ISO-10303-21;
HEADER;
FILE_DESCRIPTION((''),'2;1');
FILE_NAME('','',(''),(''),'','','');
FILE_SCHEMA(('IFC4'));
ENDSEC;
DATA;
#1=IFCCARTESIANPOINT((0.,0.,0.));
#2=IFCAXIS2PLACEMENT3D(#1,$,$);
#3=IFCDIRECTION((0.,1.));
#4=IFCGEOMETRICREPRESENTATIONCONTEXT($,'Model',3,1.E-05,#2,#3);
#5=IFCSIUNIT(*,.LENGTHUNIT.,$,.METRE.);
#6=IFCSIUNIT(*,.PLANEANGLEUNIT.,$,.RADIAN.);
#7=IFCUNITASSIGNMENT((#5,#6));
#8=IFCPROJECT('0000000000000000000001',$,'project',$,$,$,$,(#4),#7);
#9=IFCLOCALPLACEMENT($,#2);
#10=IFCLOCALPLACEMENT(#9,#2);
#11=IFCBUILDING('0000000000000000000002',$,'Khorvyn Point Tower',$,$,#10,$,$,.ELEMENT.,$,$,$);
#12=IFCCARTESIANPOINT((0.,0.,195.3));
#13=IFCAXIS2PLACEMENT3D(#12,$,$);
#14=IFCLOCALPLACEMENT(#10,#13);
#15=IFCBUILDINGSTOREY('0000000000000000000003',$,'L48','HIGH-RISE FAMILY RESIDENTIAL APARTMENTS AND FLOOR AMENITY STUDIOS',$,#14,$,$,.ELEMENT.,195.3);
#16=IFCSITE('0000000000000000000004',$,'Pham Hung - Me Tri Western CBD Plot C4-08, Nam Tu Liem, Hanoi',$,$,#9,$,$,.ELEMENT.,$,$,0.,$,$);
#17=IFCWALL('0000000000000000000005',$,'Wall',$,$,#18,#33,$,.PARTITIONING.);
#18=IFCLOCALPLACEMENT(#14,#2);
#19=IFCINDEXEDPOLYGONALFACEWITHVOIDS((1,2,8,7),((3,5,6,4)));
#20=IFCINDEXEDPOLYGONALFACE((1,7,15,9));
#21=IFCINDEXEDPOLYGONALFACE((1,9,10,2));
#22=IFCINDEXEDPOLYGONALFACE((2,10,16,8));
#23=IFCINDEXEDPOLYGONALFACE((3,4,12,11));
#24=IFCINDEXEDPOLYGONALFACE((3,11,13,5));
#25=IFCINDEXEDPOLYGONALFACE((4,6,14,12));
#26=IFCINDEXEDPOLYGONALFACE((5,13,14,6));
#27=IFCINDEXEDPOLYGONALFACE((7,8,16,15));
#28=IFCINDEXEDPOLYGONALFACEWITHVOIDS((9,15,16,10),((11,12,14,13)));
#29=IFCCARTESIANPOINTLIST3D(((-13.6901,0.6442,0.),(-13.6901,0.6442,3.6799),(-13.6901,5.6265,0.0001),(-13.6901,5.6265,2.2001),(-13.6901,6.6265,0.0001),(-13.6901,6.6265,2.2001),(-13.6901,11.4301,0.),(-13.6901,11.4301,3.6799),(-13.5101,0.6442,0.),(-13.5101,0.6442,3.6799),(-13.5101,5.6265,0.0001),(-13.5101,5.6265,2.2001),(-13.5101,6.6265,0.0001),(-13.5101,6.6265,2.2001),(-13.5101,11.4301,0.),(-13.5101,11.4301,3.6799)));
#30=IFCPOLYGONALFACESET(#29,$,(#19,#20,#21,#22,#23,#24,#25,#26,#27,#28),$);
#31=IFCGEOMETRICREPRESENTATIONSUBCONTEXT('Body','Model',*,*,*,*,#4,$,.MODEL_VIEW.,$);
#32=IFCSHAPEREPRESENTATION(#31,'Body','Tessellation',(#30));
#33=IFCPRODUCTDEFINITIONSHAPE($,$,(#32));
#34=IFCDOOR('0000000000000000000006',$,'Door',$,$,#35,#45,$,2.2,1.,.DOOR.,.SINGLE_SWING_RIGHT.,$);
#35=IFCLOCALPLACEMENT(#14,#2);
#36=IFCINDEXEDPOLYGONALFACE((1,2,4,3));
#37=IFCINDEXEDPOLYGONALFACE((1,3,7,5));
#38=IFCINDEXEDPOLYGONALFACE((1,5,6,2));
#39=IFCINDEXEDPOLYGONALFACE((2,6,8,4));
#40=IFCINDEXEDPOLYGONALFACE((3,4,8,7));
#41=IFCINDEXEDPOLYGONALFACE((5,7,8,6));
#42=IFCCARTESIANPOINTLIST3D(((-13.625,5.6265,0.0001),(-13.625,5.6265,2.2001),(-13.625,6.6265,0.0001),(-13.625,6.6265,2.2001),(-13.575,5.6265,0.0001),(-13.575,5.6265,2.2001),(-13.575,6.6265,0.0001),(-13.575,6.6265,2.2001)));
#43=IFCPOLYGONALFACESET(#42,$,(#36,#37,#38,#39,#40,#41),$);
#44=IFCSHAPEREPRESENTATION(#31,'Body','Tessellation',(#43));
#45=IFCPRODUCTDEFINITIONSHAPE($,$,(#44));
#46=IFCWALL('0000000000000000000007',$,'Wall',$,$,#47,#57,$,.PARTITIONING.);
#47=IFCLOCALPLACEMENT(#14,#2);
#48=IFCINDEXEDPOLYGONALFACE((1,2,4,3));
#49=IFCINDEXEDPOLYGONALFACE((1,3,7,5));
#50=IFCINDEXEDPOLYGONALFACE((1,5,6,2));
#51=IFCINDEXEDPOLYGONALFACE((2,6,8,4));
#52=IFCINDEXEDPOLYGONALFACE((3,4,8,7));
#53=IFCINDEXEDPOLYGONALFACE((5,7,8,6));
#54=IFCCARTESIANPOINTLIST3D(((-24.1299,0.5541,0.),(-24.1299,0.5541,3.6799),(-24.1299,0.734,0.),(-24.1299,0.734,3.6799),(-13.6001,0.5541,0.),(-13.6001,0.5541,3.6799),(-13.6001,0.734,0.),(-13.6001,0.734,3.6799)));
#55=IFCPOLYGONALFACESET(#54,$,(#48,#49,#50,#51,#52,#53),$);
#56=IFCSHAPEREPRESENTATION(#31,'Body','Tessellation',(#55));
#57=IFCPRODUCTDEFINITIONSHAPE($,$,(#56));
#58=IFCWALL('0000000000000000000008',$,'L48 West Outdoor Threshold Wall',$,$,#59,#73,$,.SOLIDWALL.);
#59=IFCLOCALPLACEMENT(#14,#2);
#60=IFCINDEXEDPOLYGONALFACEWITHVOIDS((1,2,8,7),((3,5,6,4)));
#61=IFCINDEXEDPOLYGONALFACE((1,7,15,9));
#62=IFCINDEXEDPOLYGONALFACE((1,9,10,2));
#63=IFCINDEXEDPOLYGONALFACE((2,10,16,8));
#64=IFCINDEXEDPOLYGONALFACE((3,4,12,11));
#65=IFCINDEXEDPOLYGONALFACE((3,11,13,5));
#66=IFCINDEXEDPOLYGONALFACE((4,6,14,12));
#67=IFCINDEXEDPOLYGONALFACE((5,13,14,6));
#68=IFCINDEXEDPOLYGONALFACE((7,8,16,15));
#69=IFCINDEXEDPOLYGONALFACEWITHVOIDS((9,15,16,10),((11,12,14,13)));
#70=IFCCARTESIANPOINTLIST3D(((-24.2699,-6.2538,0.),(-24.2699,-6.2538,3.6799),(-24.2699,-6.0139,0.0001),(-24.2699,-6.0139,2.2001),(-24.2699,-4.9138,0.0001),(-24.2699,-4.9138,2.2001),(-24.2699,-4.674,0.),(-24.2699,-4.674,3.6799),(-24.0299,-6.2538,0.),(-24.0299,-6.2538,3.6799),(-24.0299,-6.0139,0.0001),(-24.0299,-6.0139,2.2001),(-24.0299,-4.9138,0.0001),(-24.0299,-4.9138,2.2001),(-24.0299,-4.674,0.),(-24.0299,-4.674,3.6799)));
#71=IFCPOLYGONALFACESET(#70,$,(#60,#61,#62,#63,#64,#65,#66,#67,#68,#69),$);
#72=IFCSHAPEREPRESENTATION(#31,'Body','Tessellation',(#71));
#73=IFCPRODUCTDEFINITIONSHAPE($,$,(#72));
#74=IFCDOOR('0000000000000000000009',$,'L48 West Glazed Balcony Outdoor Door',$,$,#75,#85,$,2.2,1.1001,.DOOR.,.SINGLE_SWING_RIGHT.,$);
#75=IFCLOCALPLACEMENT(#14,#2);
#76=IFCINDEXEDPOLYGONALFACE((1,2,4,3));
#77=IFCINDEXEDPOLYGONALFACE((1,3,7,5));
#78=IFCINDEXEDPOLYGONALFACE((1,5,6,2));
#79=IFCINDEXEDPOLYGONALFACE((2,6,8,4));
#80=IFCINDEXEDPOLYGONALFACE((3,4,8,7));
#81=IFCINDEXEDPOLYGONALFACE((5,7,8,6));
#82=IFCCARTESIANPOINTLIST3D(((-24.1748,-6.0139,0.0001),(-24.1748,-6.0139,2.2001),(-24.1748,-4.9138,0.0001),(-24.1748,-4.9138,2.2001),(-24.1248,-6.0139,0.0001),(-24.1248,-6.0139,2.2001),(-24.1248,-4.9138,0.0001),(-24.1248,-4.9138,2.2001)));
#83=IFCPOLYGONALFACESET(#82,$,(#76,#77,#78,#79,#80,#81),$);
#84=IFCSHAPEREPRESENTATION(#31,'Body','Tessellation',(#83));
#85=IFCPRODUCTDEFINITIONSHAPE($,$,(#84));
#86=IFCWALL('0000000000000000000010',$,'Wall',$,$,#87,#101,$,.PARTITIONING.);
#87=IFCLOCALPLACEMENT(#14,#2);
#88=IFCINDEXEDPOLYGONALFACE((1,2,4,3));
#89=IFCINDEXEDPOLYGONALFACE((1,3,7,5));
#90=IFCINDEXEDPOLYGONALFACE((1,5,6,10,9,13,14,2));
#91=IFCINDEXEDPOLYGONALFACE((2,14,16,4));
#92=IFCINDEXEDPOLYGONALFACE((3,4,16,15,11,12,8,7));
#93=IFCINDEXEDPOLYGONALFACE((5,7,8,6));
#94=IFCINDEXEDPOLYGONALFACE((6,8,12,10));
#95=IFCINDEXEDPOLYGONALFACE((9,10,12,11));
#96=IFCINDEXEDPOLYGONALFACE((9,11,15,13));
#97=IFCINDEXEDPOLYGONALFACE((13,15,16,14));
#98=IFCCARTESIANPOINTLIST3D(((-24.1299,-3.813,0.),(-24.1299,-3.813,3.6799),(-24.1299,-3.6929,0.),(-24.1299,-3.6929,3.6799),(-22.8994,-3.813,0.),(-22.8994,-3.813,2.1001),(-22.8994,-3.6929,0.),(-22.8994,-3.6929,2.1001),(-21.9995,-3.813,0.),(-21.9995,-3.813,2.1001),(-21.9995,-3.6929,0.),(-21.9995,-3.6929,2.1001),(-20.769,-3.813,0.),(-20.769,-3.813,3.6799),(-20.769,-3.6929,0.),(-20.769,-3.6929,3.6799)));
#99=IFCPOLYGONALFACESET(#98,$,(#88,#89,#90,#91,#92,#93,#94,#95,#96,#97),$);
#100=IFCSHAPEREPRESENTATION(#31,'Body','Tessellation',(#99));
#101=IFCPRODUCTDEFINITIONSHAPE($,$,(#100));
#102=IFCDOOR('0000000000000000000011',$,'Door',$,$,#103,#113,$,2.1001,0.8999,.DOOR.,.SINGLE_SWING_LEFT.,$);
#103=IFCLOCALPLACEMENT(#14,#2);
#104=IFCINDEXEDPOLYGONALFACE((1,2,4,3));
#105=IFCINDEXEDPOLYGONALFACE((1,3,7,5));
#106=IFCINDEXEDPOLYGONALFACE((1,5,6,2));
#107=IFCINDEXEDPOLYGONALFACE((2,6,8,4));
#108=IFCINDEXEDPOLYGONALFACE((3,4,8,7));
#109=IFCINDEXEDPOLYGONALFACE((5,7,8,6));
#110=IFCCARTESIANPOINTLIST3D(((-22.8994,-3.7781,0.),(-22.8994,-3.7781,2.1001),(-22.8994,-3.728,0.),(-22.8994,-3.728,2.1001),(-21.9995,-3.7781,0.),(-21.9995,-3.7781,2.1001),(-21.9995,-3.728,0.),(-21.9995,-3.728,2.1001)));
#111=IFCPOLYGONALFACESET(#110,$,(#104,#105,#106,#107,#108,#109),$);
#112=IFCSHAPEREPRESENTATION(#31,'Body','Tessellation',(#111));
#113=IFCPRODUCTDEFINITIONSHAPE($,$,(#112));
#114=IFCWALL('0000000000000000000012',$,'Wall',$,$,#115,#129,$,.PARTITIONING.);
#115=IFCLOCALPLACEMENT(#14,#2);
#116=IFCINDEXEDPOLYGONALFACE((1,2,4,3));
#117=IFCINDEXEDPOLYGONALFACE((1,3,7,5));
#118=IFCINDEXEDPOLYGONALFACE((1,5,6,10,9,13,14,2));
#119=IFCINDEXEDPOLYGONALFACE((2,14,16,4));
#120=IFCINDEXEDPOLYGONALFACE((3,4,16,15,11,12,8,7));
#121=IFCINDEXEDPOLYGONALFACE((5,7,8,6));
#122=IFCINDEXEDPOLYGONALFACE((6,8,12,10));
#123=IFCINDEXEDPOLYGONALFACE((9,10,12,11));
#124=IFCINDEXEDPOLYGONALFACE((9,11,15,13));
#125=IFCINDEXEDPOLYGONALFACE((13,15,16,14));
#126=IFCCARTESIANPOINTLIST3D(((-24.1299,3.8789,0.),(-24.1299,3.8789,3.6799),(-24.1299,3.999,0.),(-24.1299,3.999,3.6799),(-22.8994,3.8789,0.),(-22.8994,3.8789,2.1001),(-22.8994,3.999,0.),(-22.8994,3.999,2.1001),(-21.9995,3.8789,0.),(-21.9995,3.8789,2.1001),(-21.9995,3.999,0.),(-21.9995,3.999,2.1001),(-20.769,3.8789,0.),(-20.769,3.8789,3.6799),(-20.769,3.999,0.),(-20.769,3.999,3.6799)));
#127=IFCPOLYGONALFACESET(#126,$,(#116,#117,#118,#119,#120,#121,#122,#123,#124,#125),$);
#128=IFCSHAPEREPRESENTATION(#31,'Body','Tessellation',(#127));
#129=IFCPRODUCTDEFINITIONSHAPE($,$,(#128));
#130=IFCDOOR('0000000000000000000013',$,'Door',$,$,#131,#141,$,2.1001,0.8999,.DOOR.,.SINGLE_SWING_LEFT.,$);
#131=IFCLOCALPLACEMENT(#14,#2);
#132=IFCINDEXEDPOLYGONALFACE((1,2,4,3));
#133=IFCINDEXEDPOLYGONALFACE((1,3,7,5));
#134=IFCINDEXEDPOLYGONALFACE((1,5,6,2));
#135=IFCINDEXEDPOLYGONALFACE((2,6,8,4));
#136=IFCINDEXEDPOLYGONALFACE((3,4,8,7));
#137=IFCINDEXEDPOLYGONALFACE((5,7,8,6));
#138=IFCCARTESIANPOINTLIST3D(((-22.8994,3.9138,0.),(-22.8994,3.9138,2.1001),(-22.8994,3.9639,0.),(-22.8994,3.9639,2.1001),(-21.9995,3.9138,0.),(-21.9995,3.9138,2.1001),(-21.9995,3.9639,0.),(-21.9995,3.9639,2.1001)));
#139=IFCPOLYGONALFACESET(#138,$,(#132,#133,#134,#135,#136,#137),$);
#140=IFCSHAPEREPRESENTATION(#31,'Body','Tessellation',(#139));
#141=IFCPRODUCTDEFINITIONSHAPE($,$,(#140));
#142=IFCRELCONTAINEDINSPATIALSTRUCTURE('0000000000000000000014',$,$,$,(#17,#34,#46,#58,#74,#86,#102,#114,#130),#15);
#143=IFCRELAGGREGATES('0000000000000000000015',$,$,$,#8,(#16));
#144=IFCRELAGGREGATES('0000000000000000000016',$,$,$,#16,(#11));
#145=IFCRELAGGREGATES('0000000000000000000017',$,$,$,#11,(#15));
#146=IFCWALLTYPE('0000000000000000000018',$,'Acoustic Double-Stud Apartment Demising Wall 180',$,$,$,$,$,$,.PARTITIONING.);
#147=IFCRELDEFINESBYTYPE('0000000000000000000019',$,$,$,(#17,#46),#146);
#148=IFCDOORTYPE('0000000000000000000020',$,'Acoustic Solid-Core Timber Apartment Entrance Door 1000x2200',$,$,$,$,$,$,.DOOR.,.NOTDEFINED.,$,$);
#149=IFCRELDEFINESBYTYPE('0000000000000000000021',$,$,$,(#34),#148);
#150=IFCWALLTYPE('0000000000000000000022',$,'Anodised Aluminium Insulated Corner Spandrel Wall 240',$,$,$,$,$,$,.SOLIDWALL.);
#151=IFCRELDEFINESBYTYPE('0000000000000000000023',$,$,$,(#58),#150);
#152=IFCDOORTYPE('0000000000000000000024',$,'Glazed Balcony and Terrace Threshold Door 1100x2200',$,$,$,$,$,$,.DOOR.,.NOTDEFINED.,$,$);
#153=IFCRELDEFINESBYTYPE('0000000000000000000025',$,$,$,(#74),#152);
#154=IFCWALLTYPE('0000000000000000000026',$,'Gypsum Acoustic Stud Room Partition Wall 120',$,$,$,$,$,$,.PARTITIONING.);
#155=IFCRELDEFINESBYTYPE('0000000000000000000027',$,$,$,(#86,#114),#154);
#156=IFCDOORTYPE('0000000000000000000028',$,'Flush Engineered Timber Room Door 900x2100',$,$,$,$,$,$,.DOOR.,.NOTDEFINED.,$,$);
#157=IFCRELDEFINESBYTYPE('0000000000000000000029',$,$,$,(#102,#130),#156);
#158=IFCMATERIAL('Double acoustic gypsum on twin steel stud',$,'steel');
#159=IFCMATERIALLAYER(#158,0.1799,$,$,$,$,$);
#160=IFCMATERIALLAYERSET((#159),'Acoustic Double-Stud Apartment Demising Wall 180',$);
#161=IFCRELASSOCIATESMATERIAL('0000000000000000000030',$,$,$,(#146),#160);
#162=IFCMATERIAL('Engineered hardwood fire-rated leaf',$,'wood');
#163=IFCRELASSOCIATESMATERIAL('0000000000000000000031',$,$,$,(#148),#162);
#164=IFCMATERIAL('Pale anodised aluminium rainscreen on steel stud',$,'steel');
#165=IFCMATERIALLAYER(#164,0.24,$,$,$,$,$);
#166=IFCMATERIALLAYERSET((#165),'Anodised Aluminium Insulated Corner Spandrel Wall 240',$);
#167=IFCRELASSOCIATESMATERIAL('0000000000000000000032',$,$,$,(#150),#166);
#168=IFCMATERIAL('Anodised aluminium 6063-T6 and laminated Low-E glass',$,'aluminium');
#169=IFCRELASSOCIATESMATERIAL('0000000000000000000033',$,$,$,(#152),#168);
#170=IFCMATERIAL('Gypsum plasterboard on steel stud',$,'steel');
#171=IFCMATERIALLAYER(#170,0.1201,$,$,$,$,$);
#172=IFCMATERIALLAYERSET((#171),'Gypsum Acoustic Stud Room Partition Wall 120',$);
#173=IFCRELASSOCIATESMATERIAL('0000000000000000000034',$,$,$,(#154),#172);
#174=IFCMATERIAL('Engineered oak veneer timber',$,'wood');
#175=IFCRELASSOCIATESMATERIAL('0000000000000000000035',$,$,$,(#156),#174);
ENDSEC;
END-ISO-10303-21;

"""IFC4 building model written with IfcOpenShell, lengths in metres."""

from ifc_helpers import new_model, si_unit, direction, frame, frame_2d, origin, place, context, subcontext, project, spatial, rectangle, extrude, material, layer, layer_set, type_object, element, fill, save


model = new_model("IFC4")

# Units and contexts
model_context = context("Model", 3, precision=1e-05, world=origin(), true_north=direction((0.0, 1.0)))
body_context = subcontext(model_context, "Body", "Model", "MODEL_VIEW")
ifc_project = project(units=[si_unit("LENGTHUNIT", "METRE"), si_unit("PLANEANGLEUNIT", "RADIAN")], contexts=[model_context])

# Site, building, storey
site_placement = place(None, origin())
site = spatial("IfcSite", under=ifc_project, at=site_placement, Name="Pham Hung - Me Tri Western CBD Plot C4-08, Nam Tu Liem, Hanoi", CompositionType="ELEMENT", RefElevation=0.0)
building_placement = place(site_placement, origin())
building = spatial("IfcBuilding", under=site, at=building_placement, Name="Khorvyn Point Tower", CompositionType="ELEMENT")
storey_placement = place(building_placement, frame((0.0, 0.0, 195.3)))
storey = spatial("IfcBuildingStorey", under=building, at=storey_placement, Name="L48", Description="HIGH-RISE FAMILY RESIDENTIAL APARTMENTS AND FLOOR AMENITY STUDIOS", CompositionType="ELEMENT", Elevation=195.3)

# Shared definitions
ifc_material_1 = material(Name="Anodised aluminium 6063-T6 and laminated Low-E glass", Category="aluminium")

# Wall, opening, door
ifc_material_2 = material(Name="Double acoustic gypsum on twin steel stud", Category="steel")
ifc_layer_1 = layer(ifc_material_2, 0.1799)
ifc_layer_set_1 = layer_set([ifc_layer_1], Name="Acoustic Double-Stud Apartment Demising Wall 180")
wall_type_1 = type_object("IfcWallType", Name="Acoustic Double-Stud Apartment Demising Wall 180", PredefinedType="PARTITIONING", material=ifc_layer_set_1)
wall_1_placement = place(storey_placement, frame((-13.6001, 0.644, 0.0), z_axis=(0.0, 0.0, 1.0), x_axis=(0.0, 1.0, 0.0)))
wall_1 = element("IfcWall", 1, at=wall_1_placement, inside=storey, type_object=wall_type_1, Name="Wall", PredefinedType="PARTITIONING", context=body_context, shape_type="SweptSolid", body=[
    extrude(rectangle(XDim=10.7859, YDim=0.1799, at=frame_2d((5.3931, 0.0))), origin(), (0.0, 0.0, 1.0), 3.6799),
])
opening_1_placement = place(wall_1_placement, frame((4.9824, 0.0, 0.0)))
opening_1 = element("IfcOpeningElement", 2, at=opening_1_placement, cuts=wall_1, PredefinedType="OPENING", context=body_context, shape_type="SweptSolid", body=[
    extrude(rectangle(XDim=1.0, YDim=2.2, at=frame_2d((0.5, 1.1001))), frame((0.0, 0.0999, 0.0), z_axis=(0.0, -1.0, 0.0), x_axis=(1.0, 0.0, 0.0)), (0.0, 0.0, 1.0), 0.2),
])
ifc_material_3 = material(Name="Engineered hardwood fire-rated leaf", Category="wood")
door_type_1 = type_object("IfcDoorType", Name="Acoustic Solid-Core Timber Apartment Entrance Door 1000x2200", OperationType="NOTDEFINED", PredefinedType="DOOR", material=ifc_material_3)
door_1_placement = place(opening_1_placement, origin())
door_1 = element("IfcDoor", 3, at=door_1_placement, inside=storey, type_object=door_type_1, Name="Door", OperationType="SINGLE_SWING_RIGHT", OverallHeight=2.2, OverallWidth=1.0, PredefinedType="DOOR", context=body_context, shape_type="SweptSolid", body=[
    extrude(rectangle(XDim=1.0, YDim=2.2, at=frame_2d((0.5, 1.1001))), frame((0.0, 0.0249, 0.0), z_axis=(0.0, -1.0, 0.0), x_axis=(1.0, 0.0, 0.0)), (0.0, 0.0, 1.0), 0.05),
])
fill(opening_1, door_1)

# Wall
wall_2_placement = place(storey_placement, frame((-24.1299, 0.644, 0.0), z_axis=(0.0, 0.0, 1.0), x_axis=(1.0, 0.0, 0.0)))
element("IfcWall", 4, at=wall_2_placement, inside=storey, type_object=wall_type_1, Name="Wall", PredefinedType="PARTITIONING", context=body_context, shape_type="SweptSolid", body=[
    extrude(rectangle(XDim=10.5298, YDim=0.1799, at=frame_2d((5.2649, 0.0))), origin(), (0.0, 0.0, 1.0), 3.6799),
])

# Walls, openings, doors
ifc_material_4 = material(Name="Pale anodised aluminium rainscreen on steel stud", Category="steel")
ifc_layer_2 = layer(ifc_material_4, 0.24)
ifc_layer_set_2 = layer_set([ifc_layer_2], Name="Anodised Aluminium Insulated Corner Spandrel Wall 240")
wall_type_2 = type_object("IfcWallType", Name="Anodised Aluminium Insulated Corner Spandrel Wall 240", PredefinedType="SOLIDWALL", material=ifc_layer_set_2)
wall_3_placement = place(storey_placement, frame((-24.1499, -6.2539, 0.0), z_axis=(0.0, 0.0, 1.0), x_axis=(0.0, 1.0, 0.0)))
wall_3 = element("IfcWall", 5, at=wall_3_placement, inside=storey, type_object=wall_type_2, Name="L48 West Outdoor Threshold Wall", PredefinedType="SOLIDWALL", context=body_context, shape_type="SweptSolid", body=[
    extrude(rectangle(XDim=1.5798, YDim=0.24, at=frame_2d((0.79, 0.0))), origin(), (0.0, 0.0, 1.0), 3.6799),
])
opening_2_placement = place(wall_3_placement, frame((0.24, 0.0, 0.0)))
opening_2 = element("IfcOpeningElement", 6, at=opening_2_placement, cuts=wall_3, PredefinedType="OPENING", context=body_context, shape_type="SweptSolid", body=[
    extrude(rectangle(XDim=1.1001, YDim=2.2, at=frame_2d((0.55, 1.1001))), frame((0.0, 0.1299, 0.0), z_axis=(0.0, -1.0, 0.0), x_axis=(1.0, 0.0, 0.0)), (0.0, 0.0, 1.0), 0.26),
])
door_type_2 = type_object("IfcDoorType", Name="Glazed Balcony and Terrace Threshold Door 1100x2200", OperationType="NOTDEFINED", PredefinedType="DOOR", material=ifc_material_1)
door_2_placement = place(opening_2_placement, origin())
door_2 = element("IfcDoor", 7, at=door_2_placement, inside=storey, type_object=door_type_2, Name="L48 West Glazed Balcony Outdoor Door", OperationType="SINGLE_SWING_RIGHT", OverallHeight=2.2, OverallWidth=1.1001, PredefinedType="DOOR", context=body_context, shape_type="SweptSolid", body=[
    extrude(rectangle(XDim=1.1001, YDim=2.2, at=frame_2d((0.55, 1.1001))), frame((0.0, 0.0249, 0.0), z_axis=(0.0, -1.0, 0.0), x_axis=(1.0, 0.0, 0.0)), (0.0, 0.0, 1.0), 0.05),
])
fill(opening_2, door_2)
ifc_material_5 = material(Name="Gypsum plasterboard on steel stud", Category="steel")
ifc_layer_3 = layer(ifc_material_5, 0.1201)
ifc_layer_set_3 = layer_set([ifc_layer_3], Name="Gypsum Acoustic Stud Room Partition Wall 120")
wall_type_3 = type_object("IfcWallType", Name="Gypsum Acoustic Stud Room Partition Wall 120", PredefinedType="PARTITIONING", material=ifc_layer_set_3)
wall_4_placement = place(storey_placement, frame((-24.1299, -3.7529, 0.0), z_axis=(0.0, 0.0, 1.0), x_axis=(1.0, 0.0, 0.0)))
wall_4 = element("IfcWall", 8, at=wall_4_placement, inside=storey, type_object=wall_type_3, Name="Wall", PredefinedType="PARTITIONING", context=body_context, shape_type="SweptSolid", body=[
    extrude(rectangle(XDim=3.3608, YDim=0.1201, at=frame_2d((1.6804, 0.0))), origin(), (0.0, 0.0, 1.0), 3.6799),
])
opening_3_placement = place(wall_4_placement, frame((1.2305, 0.0, 0.0)))
opening_3 = element("IfcOpeningElement", 9, at=opening_3_placement, cuts=wall_4, PredefinedType="OPENING", context=body_context, shape_type="SweptSolid", body=[
    extrude(rectangle(XDim=0.8999, YDim=2.1001, at=frame_2d((0.45, 1.05))), frame((0.0, 0.0701, 0.0), z_axis=(0.0, -1.0, 0.0), x_axis=(1.0, 0.0, 0.0)), (0.0, 0.0, 1.0), 0.1401),
])
ifc_material_6 = material(Name="Engineered oak veneer timber", Category="wood")
door_type_3 = type_object("IfcDoorType", Name="Flush Engineered Timber Room Door 900x2100", OperationType="NOTDEFINED", PredefinedType="DOOR", material=ifc_material_6)
door_3_placement = place(opening_3_placement, origin())
door_3 = element("IfcDoor", 10, at=door_3_placement, inside=storey, type_object=door_type_3, Name="Door", OperationType="SINGLE_SWING_LEFT", OverallHeight=2.1001, OverallWidth=0.8999, PredefinedType="DOOR", context=body_context, shape_type="SweptSolid", body=[
    extrude(rectangle(XDim=0.8999, YDim=2.1001, at=frame_2d((0.45, 1.05))), frame((0.0, 0.0249, 0.0), z_axis=(0.0, -1.0, 0.0), x_axis=(1.0, 0.0, 0.0)), (0.0, 0.0, 1.0), 0.05),
])
fill(opening_3, door_3)
wall_5_placement = place(storey_placement, frame((-24.1299, 3.939, 0.0), z_axis=(0.0, 0.0, 1.0), x_axis=(1.0, 0.0, 0.0)))
wall_5 = element("IfcWall", 11, at=wall_5_placement, inside=storey, type_object=wall_type_3, Name="Wall", PredefinedType="PARTITIONING", context=body_context, shape_type="SweptSolid", body=[
    extrude(rectangle(XDim=3.3608, YDim=0.1201, at=frame_2d((1.6804, 0.0))), origin(), (0.0, 0.0, 1.0), 3.6799),
])
opening_4_placement = place(wall_5_placement, frame((1.2305, 0.0, 0.0)))
opening_4 = element("IfcOpeningElement", 12, at=opening_4_placement, cuts=wall_5, PredefinedType="OPENING", context=body_context, shape_type="SweptSolid", body=[
    extrude(rectangle(XDim=0.8999, YDim=2.1001, at=frame_2d((0.45, 1.05))), frame((0.0, 0.0701, 0.0), z_axis=(0.0, -1.0, 0.0), x_axis=(1.0, 0.0, 0.0)), (0.0, 0.0, 1.0), 0.1401),
])
door_4_placement = place(opening_4_placement, origin())
door_4 = element("IfcDoor", 13, at=door_4_placement, inside=storey, type_object=door_type_3, Name="Door", OperationType="SINGLE_SWING_LEFT", OverallHeight=2.1001, OverallWidth=0.8999, PredefinedType="DOOR", context=body_context, shape_type="SweptSolid", body=[
    extrude(rectangle(XDim=0.8999, YDim=2.1001, at=frame_2d((0.45, 1.05))), frame((0.0, 0.0249, 0.0), z_axis=(0.0, -1.0, 0.0), x_axis=(1.0, 0.0, 0.0)), (0.0, 0.0, 1.0), 0.05),
])
fill(opening_4, door_4)

save(model, "model.ifc")
